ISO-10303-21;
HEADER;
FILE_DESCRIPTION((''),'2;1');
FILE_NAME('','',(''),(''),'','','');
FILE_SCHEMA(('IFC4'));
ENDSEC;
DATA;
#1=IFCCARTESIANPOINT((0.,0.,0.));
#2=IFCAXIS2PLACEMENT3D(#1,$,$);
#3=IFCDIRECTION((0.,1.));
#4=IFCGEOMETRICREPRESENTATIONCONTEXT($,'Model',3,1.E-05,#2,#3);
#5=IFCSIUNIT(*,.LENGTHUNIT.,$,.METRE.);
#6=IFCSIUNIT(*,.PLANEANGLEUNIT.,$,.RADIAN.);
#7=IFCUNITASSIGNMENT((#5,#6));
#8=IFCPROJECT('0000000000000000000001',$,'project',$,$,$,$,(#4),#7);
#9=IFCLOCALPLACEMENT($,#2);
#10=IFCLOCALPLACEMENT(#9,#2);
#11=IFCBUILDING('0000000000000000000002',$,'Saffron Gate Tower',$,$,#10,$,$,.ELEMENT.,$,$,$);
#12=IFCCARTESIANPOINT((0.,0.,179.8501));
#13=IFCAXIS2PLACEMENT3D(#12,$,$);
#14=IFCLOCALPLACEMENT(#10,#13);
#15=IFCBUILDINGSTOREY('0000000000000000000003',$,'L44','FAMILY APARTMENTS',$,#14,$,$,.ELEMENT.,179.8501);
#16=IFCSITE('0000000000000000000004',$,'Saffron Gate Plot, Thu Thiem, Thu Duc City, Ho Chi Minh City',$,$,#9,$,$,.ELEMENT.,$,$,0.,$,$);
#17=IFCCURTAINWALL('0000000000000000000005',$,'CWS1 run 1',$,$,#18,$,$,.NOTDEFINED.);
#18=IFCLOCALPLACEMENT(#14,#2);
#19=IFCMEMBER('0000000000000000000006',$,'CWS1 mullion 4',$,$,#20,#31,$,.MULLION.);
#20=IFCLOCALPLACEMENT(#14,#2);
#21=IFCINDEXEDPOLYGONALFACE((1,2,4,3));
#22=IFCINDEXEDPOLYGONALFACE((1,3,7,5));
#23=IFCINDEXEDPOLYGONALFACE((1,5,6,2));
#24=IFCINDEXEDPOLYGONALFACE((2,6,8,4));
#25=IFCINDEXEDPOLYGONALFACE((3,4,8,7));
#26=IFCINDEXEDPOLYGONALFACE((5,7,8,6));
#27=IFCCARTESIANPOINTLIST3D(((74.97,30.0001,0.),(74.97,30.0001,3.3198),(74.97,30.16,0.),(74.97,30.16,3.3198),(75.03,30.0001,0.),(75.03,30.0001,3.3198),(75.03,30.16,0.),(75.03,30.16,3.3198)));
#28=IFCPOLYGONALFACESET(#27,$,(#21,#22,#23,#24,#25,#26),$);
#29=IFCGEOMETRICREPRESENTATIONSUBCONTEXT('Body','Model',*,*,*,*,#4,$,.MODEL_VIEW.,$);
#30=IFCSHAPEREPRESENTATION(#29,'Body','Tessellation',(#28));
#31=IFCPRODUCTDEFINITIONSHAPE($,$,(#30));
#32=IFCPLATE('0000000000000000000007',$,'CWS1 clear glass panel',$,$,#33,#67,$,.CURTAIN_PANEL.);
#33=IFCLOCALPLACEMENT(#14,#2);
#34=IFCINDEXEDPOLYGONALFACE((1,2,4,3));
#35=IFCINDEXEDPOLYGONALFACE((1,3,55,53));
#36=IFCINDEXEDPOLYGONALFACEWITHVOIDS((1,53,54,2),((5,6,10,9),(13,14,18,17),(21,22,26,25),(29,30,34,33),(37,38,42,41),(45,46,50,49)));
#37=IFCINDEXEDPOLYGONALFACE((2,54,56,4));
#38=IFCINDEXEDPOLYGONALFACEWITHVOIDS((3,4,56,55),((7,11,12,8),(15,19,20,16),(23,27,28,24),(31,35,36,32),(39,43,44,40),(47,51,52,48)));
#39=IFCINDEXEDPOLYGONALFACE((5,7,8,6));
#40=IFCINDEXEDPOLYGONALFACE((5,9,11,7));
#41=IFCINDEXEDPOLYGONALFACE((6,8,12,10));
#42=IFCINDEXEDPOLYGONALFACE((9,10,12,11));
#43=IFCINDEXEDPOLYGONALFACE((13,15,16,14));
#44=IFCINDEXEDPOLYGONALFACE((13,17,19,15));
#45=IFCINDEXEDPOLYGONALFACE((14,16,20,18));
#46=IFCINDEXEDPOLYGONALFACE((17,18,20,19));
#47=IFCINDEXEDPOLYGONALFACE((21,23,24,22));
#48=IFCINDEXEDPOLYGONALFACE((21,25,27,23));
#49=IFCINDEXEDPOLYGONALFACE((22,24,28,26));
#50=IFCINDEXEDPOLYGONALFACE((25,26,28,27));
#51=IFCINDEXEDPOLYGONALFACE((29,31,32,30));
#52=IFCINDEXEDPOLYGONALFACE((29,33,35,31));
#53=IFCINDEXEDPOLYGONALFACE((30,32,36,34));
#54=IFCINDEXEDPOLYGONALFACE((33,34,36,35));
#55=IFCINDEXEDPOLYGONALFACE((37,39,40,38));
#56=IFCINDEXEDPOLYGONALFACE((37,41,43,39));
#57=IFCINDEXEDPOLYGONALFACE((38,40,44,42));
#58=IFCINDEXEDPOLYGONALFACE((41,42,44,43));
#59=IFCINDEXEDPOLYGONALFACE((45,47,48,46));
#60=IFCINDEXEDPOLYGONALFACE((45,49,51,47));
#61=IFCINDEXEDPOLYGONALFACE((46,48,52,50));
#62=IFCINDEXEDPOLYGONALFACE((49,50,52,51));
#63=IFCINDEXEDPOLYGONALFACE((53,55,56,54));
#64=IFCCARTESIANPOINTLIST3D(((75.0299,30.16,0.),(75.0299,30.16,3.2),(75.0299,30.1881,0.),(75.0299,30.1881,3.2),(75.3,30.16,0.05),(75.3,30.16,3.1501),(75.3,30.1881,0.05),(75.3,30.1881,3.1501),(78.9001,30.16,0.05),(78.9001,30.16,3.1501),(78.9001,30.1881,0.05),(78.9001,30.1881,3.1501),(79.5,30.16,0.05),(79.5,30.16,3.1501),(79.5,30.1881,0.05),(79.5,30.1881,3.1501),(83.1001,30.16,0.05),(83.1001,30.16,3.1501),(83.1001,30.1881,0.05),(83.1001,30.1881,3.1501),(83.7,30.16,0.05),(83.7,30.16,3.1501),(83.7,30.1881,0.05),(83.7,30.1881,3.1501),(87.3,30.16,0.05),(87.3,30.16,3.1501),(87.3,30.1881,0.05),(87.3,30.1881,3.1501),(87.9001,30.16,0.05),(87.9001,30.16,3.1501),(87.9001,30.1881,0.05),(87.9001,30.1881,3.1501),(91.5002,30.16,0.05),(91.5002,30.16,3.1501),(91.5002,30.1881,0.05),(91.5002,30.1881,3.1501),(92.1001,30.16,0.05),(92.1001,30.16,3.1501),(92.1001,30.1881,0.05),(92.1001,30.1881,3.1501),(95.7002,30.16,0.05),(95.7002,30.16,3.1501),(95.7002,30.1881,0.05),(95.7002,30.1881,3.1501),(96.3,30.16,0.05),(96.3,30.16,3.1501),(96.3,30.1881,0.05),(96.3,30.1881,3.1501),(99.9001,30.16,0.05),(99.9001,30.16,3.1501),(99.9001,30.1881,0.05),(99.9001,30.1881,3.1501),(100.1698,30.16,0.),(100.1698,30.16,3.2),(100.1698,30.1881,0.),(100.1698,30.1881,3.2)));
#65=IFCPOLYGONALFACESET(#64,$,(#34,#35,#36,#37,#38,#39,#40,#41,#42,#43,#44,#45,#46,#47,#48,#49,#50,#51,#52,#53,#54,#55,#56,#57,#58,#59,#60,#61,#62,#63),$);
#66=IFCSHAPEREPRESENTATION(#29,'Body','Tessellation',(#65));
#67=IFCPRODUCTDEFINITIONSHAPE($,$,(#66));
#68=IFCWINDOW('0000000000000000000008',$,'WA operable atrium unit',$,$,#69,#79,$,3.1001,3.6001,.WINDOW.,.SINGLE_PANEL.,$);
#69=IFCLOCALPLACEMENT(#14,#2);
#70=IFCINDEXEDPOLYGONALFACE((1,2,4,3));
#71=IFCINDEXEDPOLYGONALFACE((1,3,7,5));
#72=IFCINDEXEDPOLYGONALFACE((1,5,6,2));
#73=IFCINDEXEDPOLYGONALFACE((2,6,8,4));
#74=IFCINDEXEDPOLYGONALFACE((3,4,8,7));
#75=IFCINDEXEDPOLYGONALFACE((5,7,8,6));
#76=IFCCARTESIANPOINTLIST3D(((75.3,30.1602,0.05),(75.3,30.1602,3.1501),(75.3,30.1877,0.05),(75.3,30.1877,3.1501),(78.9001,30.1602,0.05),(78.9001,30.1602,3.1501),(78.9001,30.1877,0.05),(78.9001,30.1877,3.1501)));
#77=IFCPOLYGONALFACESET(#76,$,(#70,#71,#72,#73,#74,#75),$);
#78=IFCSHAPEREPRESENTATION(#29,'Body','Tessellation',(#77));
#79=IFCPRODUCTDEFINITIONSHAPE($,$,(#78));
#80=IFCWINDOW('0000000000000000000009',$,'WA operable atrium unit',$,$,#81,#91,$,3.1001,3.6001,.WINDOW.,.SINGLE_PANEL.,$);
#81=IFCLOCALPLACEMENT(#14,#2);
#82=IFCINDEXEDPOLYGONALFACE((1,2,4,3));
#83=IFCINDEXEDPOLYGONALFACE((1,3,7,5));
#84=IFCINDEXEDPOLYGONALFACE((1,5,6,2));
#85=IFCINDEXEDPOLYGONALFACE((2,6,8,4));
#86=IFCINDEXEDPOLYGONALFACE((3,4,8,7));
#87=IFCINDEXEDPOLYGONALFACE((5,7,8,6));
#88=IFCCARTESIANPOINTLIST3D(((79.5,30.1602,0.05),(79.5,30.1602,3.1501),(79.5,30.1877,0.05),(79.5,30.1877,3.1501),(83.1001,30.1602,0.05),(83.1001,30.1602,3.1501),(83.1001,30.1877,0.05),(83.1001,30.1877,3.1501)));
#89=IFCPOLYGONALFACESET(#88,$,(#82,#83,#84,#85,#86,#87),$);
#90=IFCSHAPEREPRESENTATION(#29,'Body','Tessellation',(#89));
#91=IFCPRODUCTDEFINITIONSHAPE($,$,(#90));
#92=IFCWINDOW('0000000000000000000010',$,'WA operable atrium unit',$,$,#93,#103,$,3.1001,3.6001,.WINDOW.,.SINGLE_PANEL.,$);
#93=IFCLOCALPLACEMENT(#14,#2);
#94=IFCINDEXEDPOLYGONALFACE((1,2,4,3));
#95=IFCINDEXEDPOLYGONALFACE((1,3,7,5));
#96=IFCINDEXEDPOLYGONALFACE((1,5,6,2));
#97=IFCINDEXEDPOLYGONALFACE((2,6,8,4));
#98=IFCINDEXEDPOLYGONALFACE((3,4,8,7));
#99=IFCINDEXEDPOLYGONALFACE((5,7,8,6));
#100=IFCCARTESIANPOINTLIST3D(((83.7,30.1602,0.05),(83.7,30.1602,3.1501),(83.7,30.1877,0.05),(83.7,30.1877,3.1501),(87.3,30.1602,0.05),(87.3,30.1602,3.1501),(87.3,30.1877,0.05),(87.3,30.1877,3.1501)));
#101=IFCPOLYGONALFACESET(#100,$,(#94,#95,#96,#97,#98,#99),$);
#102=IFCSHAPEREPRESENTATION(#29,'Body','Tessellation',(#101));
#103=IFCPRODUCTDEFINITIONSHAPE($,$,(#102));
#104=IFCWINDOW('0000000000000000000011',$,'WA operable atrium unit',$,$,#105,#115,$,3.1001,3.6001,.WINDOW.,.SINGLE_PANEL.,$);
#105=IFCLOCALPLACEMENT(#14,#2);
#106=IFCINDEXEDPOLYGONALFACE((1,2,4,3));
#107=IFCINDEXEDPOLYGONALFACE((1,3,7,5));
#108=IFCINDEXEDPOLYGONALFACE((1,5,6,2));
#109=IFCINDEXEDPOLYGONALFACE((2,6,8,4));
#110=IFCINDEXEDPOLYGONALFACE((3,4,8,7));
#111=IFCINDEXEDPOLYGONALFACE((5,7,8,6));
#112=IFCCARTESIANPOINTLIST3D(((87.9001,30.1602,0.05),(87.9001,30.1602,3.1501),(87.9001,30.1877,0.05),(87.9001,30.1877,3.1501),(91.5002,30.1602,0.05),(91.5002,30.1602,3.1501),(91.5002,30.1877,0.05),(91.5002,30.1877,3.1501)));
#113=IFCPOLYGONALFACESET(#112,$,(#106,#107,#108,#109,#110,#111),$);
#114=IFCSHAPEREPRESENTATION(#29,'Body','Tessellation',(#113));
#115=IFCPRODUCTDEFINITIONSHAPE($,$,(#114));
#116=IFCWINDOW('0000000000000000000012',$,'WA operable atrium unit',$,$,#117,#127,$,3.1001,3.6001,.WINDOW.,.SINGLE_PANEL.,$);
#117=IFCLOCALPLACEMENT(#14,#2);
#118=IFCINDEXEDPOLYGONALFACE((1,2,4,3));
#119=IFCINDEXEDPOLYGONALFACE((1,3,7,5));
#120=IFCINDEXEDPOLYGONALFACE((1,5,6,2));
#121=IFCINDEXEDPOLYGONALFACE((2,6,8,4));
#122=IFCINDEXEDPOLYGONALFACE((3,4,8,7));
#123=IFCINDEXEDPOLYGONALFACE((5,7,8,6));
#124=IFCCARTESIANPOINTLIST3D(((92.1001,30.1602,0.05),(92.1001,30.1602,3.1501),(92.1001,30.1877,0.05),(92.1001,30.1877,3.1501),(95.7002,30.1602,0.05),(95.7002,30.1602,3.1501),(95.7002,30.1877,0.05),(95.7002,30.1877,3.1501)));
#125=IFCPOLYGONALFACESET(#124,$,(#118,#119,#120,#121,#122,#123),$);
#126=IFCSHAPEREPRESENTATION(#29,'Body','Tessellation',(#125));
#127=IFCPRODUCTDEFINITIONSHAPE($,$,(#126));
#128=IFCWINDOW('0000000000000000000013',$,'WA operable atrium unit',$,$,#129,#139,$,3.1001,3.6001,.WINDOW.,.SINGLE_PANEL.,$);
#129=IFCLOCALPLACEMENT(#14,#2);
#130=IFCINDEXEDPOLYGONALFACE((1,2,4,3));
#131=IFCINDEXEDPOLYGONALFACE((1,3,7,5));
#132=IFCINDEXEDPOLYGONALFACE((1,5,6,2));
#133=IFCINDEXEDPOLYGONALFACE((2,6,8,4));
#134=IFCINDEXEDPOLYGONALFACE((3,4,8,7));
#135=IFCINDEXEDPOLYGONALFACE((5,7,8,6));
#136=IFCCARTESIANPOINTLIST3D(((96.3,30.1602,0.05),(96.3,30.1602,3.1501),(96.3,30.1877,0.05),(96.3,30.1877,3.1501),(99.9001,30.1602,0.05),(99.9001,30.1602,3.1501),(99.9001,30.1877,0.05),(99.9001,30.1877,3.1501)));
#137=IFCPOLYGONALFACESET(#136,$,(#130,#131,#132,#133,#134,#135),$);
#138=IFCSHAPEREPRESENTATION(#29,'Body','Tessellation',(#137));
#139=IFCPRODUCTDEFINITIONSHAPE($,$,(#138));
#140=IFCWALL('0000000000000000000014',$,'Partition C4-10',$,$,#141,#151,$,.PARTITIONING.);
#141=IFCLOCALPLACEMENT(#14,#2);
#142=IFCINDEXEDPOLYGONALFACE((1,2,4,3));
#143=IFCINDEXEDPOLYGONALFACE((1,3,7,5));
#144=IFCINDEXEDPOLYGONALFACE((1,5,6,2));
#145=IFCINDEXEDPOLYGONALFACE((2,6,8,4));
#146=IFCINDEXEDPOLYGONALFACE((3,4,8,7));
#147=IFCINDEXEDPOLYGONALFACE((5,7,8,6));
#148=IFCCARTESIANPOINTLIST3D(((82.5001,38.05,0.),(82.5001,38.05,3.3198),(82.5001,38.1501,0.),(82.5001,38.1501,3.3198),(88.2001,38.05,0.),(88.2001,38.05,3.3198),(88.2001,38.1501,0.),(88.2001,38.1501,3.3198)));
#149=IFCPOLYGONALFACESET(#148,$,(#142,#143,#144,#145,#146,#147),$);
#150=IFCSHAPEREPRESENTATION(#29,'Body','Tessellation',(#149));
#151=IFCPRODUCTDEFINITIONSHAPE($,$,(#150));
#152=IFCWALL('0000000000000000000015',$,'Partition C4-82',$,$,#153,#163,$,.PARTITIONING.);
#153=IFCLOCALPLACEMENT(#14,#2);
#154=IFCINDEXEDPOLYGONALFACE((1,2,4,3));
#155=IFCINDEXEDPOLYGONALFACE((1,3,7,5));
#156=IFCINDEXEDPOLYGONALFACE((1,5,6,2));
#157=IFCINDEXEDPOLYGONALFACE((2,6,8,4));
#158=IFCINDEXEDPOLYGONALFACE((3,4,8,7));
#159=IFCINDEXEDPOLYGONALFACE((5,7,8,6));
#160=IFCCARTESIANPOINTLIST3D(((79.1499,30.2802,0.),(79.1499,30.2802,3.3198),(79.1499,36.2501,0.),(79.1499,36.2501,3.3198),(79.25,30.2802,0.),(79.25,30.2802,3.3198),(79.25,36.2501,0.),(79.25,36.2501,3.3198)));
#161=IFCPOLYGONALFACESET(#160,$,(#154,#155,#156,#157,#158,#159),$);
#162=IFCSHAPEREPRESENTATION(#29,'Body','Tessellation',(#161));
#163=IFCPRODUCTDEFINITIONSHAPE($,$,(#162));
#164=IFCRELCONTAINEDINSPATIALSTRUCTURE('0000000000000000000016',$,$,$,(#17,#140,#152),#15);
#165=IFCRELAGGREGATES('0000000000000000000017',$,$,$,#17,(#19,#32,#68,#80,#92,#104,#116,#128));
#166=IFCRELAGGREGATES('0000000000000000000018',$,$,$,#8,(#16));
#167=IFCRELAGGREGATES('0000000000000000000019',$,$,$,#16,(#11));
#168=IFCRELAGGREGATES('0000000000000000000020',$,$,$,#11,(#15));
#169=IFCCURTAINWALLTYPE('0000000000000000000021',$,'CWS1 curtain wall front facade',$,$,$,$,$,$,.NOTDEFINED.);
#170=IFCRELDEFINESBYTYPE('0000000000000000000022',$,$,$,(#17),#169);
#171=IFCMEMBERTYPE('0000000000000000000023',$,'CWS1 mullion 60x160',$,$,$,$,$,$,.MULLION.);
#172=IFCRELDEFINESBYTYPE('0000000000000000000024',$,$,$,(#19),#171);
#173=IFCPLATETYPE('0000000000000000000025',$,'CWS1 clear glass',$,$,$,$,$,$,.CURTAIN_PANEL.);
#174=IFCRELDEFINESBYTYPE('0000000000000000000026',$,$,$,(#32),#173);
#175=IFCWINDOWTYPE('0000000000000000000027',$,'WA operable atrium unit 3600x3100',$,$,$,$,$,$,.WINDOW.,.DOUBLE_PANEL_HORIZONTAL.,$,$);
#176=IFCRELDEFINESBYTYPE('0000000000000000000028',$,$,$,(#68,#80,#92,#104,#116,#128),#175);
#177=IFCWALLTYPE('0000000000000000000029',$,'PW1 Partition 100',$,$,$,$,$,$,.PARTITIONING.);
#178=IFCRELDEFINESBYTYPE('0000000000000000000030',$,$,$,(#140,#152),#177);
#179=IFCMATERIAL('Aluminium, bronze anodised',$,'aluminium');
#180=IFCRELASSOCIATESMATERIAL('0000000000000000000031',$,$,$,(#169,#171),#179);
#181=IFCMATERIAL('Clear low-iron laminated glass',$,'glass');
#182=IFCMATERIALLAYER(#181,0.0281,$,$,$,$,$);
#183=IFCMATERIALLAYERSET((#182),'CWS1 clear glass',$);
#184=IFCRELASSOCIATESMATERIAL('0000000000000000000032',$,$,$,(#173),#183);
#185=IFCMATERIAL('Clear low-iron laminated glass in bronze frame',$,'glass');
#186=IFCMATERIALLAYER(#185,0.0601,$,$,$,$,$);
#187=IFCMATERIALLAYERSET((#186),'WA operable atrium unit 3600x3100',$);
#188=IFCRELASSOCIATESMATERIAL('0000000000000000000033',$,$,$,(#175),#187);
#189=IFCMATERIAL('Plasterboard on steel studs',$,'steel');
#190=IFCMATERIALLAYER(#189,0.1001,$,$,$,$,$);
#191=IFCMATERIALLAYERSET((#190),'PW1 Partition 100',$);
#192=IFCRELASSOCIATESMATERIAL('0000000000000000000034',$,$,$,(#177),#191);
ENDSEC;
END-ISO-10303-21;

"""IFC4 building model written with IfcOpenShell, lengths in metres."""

from ifc_helpers import new_model, si_unit, direction, frame, frame_2d, origin, origin_2d, place, context, subcontext, project, spatial, rectangle, extrude, material, layer, layer_set, material_profile, profile_set, type_object, element, fill, aggregate, save


model = new_model("IFC4")

# Units and contexts
model_context = context("Model", 3, precision=1e-05, world=origin(), true_north=direction((0.0, 1.0)))
body_context = subcontext(model_context, "Body", "Model", "MODEL_VIEW")
ifc_project = project(units=[si_unit("LENGTHUNIT", "METRE"), si_unit("PLANEANGLEUNIT", "RADIAN")], contexts=[model_context])

# Site, building, storey
site_placement = place(None, origin())
site = spatial("IfcSite", under=ifc_project, at=site_placement, Name="Saffron Gate Plot, Thu Thiem, Thu Duc City, Ho Chi Minh City", CompositionType="ELEMENT", RefElevation=0.0)
building_placement = place(site_placement, origin())
building = spatial("IfcBuilding", under=site, at=building_placement, Name="Saffron Gate Tower", CompositionType="ELEMENT")
storey_placement = place(building_placement, frame((0.0, 0.0, 179.8501)))
storey = spatial("IfcBuildingStorey", under=building, at=storey_placement, Name="L44", Description="FAMILY APARTMENTS", CompositionType="ELEMENT", Elevation=179.8501)

# Curtain wall, member, plate, openings, windows
ifc_material_1 = material(Name="Aluminium, bronze anodised", Category="aluminium")
curtain_wall_type = type_object("IfcCurtainWallType", Name="CWS1 curtain wall front facade", PredefinedType="NOTDEFINED", material=ifc_material_1)
curtain_wall_placement = place(storey_placement, origin())
curtain_wall = element("IfcCurtainWall", 1, at=curtain_wall_placement, inside=storey, type_object=curtain_wall_type, Name="CWS1 run 1", PredefinedType="NOTDEFINED")
ifc_material_profile_1 = material_profile(ifc_material_1, rectangle(XDim=0.1599, YDim=0.0601, at=origin_2d()))
ifc_profile_set_1 = profile_set([ifc_material_profile_1], Name="Aluminium, bronze anodised")
member_type = type_object("IfcMemberType", Name="CWS1 mullion 60x160", PredefinedType="MULLION", material=ifc_profile_set_1)
member_placement = place(storey_placement, frame((75.0, 30.0801, 0.0), z_axis=(0.0, 0.0, 1.0), x_axis=(0.0, 1.0, 0.0)))
member = element("IfcMember", 2, at=member_placement, type_object=member_type, Name="CWS1 mullion 4", PredefinedType="MULLION", context=body_context, shape_type="SweptSolid", body=[
    extrude(rectangle(XDim=0.1599, YDim=0.0601, at=origin_2d()), origin(), (0.0, 0.0, 1.0), 3.3198),
])
ifc_material_2 = material(Name="Clear low-iron laminated glass", Category="glass")
ifc_layer_1 = layer(ifc_material_2, 0.0281)
ifc_layer_set_1 = layer_set([ifc_layer_1], Name="CWS1 clear glass")
plate_type = type_object("IfcPlateType", Name="CWS1 clear glass", PredefinedType="CURTAIN_PANEL", material=ifc_layer_set_1)
plate_placement = place(storey_placement, frame((75.03, 30.1741, 0.0), z_axis=(0.0, 0.0, 1.0), x_axis=(1.0, 0.0, 0.0)))
plate = element("IfcPlate", 3, at=plate_placement, type_object=plate_type, Name="CWS1 clear glass panel", PredefinedType="CURTAIN_PANEL", context=body_context, shape_type="SweptSolid", body=[
    extrude(rectangle(XDim=25.1399, YDim=0.0281, at=frame_2d((12.5698, 0.0))), origin(), (0.0, 0.0, 1.0), 3.2),
])
opening_1_placement = place(plate_placement, frame((0.27, 0.0, 0.05)))
opening_1 = element("IfcOpeningElement", 4, at=opening_1_placement, cuts=plate, PredefinedType="OPENING", context=body_context, shape_type="SweptSolid", body=[
    extrude(rectangle(XDim=3.6001, YDim=3.1001, at=frame_2d((1.8, 1.55))), frame((0.0, 0.0239, 0.0), z_axis=(0.0, -1.0, 0.0), x_axis=(1.0, 0.0, 0.0)), (0.0, 0.0, 1.0), 0.0481),
])
opening_2_placement = place(plate_placement, frame((4.47, 0.0, 0.05)))
opening_2 = element("IfcOpeningElement", 5, at=opening_2_placement, cuts=plate, PredefinedType="OPENING", context=body_context, shape_type="SweptSolid", body=[
    extrude(rectangle(XDim=3.6001, YDim=3.1001, at=frame_2d((1.8, 1.55))), frame((0.0, 0.0239, 0.0), z_axis=(0.0, -1.0, 0.0), x_axis=(1.0, 0.0, 0.0)), (0.0, 0.0, 1.0), 0.0481),
])
opening_3_placement = place(plate_placement, frame((8.6699, 0.0, 0.05)))
opening_3 = element("IfcOpeningElement", 6, at=opening_3_placement, cuts=plate, PredefinedType="OPENING", context=body_context, shape_type="SweptSolid", body=[
    extrude(rectangle(XDim=3.6001, YDim=3.1001, at=frame_2d((1.8, 1.55))), frame((0.0, 0.0239, 0.0), z_axis=(0.0, -1.0, 0.0), x_axis=(1.0, 0.0, 0.0)), (0.0, 0.0, 1.0), 0.0481),
])
opening_4_placement = place(plate_placement, frame((12.8701, 0.0, 0.05)))
opening_4 = element("IfcOpeningElement", 7, at=opening_4_placement, cuts=plate, PredefinedType="OPENING", context=body_context, shape_type="SweptSolid", body=[
    extrude(rectangle(XDim=3.6001, YDim=3.1001, at=frame_2d((1.8, 1.55))), frame((0.0, 0.0239, 0.0), z_axis=(0.0, -1.0, 0.0), x_axis=(1.0, 0.0, 0.0)), (0.0, 0.0, 1.0), 0.0481),
])
opening_5_placement = place(plate_placement, frame((17.0701, 0.0, 0.05)))
opening_5 = element("IfcOpeningElement", 8, at=opening_5_placement, cuts=plate, PredefinedType="OPENING", context=body_context, shape_type="SweptSolid", body=[
    extrude(rectangle(XDim=3.6001, YDim=3.1001, at=frame_2d((1.8, 1.55))), frame((0.0, 0.0239, 0.0), z_axis=(0.0, -1.0, 0.0), x_axis=(1.0, 0.0, 0.0)), (0.0, 0.0, 1.0), 0.0481),
])
opening_6_placement = place(plate_placement, frame((21.27, 0.0, 0.05)))
opening_6 = element("IfcOpeningElement", 9, at=opening_6_placement, cuts=plate, PredefinedType="OPENING", context=body_context, shape_type="SweptSolid", body=[
    extrude(rectangle(XDim=3.6001, YDim=3.1001, at=frame_2d((1.8, 1.55))), frame((0.0, 0.0239, 0.0), z_axis=(0.0, -1.0, 0.0), x_axis=(1.0, 0.0, 0.0)), (0.0, 0.0, 1.0), 0.0481),
])
ifc_material_3 = material(Name="Clear low-iron laminated glass in bronze frame", Category="glass")
ifc_layer_2 = layer(ifc_material_3, 0.0601)
ifc_layer_set_2 = layer_set([ifc_layer_2], Name="WA operable atrium unit 3600x3100")
window_type = type_object("IfcWindowType", Name="WA operable atrium unit 3600x3100", PartitioningType="DOUBLE_PANEL_HORIZONTAL", PredefinedType="WINDOW", material=ifc_layer_set_2)
window_1_placement = place(opening_1_placement, origin())
window_1 = element("IfcWindow", 10, at=window_1_placement, type_object=window_type, Name="WA operable atrium unit", OverallHeight=3.1001, OverallWidth=3.6001, PartitioningType="SINGLE_PANEL", PredefinedType="WINDOW", context=body_context, shape_type="SweptSolid", body=[
    extrude(rectangle(XDim=3.6001, YDim=3.1001, at=frame_2d((1.8, 1.55))), frame((0.0, 0.0137, 0.0), z_axis=(0.0, -1.0, 0.0), x_axis=(1.0, 0.0, 0.0)), (0.0, 0.0, 1.0), 0.0276),
])
fill(opening_1, window_1)
window_2_placement = place(opening_2_placement, origin())
window_2 = element("IfcWindow", 11, at=window_2_placement, type_object=window_type, Name="WA operable atrium unit", OverallHeight=3.1001, OverallWidth=3.6001, PartitioningType="SINGLE_PANEL", PredefinedType="WINDOW", context=body_context, shape_type="SweptSolid", body=[
    extrude(rectangle(XDim=3.6001, YDim=3.1001, at=frame_2d((1.8, 1.55))), frame((0.0, 0.0137, 0.0), z_axis=(0.0, -1.0, 0.0), x_axis=(1.0, 0.0, 0.0)), (0.0, 0.0, 1.0), 0.0276),
])
fill(opening_2, window_2)
window_3_placement = place(opening_3_placement, origin())
window_3 = element("IfcWindow", 12, at=window_3_placement, type_object=window_type, Name="WA operable atrium unit", OverallHeight=3.1001, OverallWidth=3.6001, PartitioningType="SINGLE_PANEL", PredefinedType="WINDOW", context=body_context, shape_type="SweptSolid", body=[
    extrude(rectangle(XDim=3.6001, YDim=3.1001, at=frame_2d((1.8, 1.55))), frame((0.0, 0.0137, 0.0), z_axis=(0.0, -1.0, 0.0), x_axis=(1.0, 0.0, 0.0)), (0.0, 0.0, 1.0), 0.0276),
])
fill(opening_3, window_3)
window_4_placement = place(opening_4_placement, origin())
window_4 = element("IfcWindow", 13, at=window_4_placement, type_object=window_type, Name="WA operable atrium unit", OverallHeight=3.1001, OverallWidth=3.6001, PartitioningType="SINGLE_PANEL", PredefinedType="WINDOW", context=body_context, shape_type="SweptSolid", body=[
    extrude(rectangle(XDim=3.6001, YDim=3.1001, at=frame_2d((1.8, 1.55))), frame((0.0, 0.0137, 0.0), z_axis=(0.0, -1.0, 0.0), x_axis=(1.0, 0.0, 0.0)), (0.0, 0.0, 1.0), 0.0276),
])
fill(opening_4, window_4)
window_5_placement = place(opening_5_placement, origin())
window_5 = element("IfcWindow", 14, at=window_5_placement, type_object=window_type, Name="WA operable atrium unit", OverallHeight=3.1001, OverallWidth=3.6001, PartitioningType="SINGLE_PANEL", PredefinedType="WINDOW", context=body_context, shape_type="SweptSolid", body=[
    extrude(rectangle(XDim=3.6001, YDim=3.1001, at=frame_2d((1.8, 1.55))), frame((0.0, 0.0137, 0.0), z_axis=(0.0, -1.0, 0.0), x_axis=(1.0, 0.0, 0.0)), (0.0, 0.0, 1.0), 0.0276),
])
fill(opening_5, window_5)
window_6_placement = place(opening_6_placement, origin())
window_6 = element("IfcWindow", 15, at=window_6_placement, type_object=window_type, Name="WA operable atrium unit", OverallHeight=3.1001, OverallWidth=3.6001, PartitioningType="SINGLE_PANEL", PredefinedType="WINDOW", context=body_context, shape_type="SweptSolid", body=[
    extrude(rectangle(XDim=3.6001, YDim=3.1001, at=frame_2d((1.8, 1.55))), frame((0.0, 0.0137, 0.0), z_axis=(0.0, -1.0, 0.0), x_axis=(1.0, 0.0, 0.0)), (0.0, 0.0, 1.0), 0.0276),
])
fill(opening_6, window_6)
aggregate(curtain_wall, [member, plate, window_1, window_2, window_3, window_4, window_5, window_6])

# Walls
ifc_material_4 = material(Name="Plasterboard on steel studs", Category="steel")
ifc_layer_3 = layer(ifc_material_4, 0.1001)
ifc_layer_set_3 = layer_set([ifc_layer_3], Name="PW1 Partition 100")
wall_type_1 = type_object("IfcWallType", Name="PW1 Partition 100", PredefinedType="PARTITIONING", material=ifc_layer_set_3)
wall_1_placement = place(storey_placement, frame((82.5, 38.1001, 0.0), z_axis=(0.0, 0.0, 1.0), x_axis=(1.0, 0.0, 0.0)))
element("IfcWall", 16, at=wall_1_placement, inside=storey, type_object=wall_type_1, Name="Partition C4-10", PredefinedType="PARTITIONING", context=body_context, shape_type="SweptSolid", body=[
    extrude(rectangle(XDim=5.7, YDim=0.1001, at=frame_2d((2.8501, 0.0))), origin(), (0.0, 0.0, 1.0), 3.3198),
])
wall_2_placement = place(storey_placement, frame((79.2, 36.25, 0.0), z_axis=(0.0, 0.0, 1.0), x_axis=(0.0, -1.0, 0.0)))
element("IfcWall", 17, at=wall_2_placement, inside=storey, type_object=wall_type_1, Name="Partition C4-82", PredefinedType="PARTITIONING", context=body_context, shape_type="SweptSolid", body=[
    extrude(rectangle(XDim=5.97, YDim=0.1001, at=frame_2d((2.9849, 0.0))), origin(), (0.0, 0.0, 1.0), 3.3198),
])

save(model, "model.ifc")
